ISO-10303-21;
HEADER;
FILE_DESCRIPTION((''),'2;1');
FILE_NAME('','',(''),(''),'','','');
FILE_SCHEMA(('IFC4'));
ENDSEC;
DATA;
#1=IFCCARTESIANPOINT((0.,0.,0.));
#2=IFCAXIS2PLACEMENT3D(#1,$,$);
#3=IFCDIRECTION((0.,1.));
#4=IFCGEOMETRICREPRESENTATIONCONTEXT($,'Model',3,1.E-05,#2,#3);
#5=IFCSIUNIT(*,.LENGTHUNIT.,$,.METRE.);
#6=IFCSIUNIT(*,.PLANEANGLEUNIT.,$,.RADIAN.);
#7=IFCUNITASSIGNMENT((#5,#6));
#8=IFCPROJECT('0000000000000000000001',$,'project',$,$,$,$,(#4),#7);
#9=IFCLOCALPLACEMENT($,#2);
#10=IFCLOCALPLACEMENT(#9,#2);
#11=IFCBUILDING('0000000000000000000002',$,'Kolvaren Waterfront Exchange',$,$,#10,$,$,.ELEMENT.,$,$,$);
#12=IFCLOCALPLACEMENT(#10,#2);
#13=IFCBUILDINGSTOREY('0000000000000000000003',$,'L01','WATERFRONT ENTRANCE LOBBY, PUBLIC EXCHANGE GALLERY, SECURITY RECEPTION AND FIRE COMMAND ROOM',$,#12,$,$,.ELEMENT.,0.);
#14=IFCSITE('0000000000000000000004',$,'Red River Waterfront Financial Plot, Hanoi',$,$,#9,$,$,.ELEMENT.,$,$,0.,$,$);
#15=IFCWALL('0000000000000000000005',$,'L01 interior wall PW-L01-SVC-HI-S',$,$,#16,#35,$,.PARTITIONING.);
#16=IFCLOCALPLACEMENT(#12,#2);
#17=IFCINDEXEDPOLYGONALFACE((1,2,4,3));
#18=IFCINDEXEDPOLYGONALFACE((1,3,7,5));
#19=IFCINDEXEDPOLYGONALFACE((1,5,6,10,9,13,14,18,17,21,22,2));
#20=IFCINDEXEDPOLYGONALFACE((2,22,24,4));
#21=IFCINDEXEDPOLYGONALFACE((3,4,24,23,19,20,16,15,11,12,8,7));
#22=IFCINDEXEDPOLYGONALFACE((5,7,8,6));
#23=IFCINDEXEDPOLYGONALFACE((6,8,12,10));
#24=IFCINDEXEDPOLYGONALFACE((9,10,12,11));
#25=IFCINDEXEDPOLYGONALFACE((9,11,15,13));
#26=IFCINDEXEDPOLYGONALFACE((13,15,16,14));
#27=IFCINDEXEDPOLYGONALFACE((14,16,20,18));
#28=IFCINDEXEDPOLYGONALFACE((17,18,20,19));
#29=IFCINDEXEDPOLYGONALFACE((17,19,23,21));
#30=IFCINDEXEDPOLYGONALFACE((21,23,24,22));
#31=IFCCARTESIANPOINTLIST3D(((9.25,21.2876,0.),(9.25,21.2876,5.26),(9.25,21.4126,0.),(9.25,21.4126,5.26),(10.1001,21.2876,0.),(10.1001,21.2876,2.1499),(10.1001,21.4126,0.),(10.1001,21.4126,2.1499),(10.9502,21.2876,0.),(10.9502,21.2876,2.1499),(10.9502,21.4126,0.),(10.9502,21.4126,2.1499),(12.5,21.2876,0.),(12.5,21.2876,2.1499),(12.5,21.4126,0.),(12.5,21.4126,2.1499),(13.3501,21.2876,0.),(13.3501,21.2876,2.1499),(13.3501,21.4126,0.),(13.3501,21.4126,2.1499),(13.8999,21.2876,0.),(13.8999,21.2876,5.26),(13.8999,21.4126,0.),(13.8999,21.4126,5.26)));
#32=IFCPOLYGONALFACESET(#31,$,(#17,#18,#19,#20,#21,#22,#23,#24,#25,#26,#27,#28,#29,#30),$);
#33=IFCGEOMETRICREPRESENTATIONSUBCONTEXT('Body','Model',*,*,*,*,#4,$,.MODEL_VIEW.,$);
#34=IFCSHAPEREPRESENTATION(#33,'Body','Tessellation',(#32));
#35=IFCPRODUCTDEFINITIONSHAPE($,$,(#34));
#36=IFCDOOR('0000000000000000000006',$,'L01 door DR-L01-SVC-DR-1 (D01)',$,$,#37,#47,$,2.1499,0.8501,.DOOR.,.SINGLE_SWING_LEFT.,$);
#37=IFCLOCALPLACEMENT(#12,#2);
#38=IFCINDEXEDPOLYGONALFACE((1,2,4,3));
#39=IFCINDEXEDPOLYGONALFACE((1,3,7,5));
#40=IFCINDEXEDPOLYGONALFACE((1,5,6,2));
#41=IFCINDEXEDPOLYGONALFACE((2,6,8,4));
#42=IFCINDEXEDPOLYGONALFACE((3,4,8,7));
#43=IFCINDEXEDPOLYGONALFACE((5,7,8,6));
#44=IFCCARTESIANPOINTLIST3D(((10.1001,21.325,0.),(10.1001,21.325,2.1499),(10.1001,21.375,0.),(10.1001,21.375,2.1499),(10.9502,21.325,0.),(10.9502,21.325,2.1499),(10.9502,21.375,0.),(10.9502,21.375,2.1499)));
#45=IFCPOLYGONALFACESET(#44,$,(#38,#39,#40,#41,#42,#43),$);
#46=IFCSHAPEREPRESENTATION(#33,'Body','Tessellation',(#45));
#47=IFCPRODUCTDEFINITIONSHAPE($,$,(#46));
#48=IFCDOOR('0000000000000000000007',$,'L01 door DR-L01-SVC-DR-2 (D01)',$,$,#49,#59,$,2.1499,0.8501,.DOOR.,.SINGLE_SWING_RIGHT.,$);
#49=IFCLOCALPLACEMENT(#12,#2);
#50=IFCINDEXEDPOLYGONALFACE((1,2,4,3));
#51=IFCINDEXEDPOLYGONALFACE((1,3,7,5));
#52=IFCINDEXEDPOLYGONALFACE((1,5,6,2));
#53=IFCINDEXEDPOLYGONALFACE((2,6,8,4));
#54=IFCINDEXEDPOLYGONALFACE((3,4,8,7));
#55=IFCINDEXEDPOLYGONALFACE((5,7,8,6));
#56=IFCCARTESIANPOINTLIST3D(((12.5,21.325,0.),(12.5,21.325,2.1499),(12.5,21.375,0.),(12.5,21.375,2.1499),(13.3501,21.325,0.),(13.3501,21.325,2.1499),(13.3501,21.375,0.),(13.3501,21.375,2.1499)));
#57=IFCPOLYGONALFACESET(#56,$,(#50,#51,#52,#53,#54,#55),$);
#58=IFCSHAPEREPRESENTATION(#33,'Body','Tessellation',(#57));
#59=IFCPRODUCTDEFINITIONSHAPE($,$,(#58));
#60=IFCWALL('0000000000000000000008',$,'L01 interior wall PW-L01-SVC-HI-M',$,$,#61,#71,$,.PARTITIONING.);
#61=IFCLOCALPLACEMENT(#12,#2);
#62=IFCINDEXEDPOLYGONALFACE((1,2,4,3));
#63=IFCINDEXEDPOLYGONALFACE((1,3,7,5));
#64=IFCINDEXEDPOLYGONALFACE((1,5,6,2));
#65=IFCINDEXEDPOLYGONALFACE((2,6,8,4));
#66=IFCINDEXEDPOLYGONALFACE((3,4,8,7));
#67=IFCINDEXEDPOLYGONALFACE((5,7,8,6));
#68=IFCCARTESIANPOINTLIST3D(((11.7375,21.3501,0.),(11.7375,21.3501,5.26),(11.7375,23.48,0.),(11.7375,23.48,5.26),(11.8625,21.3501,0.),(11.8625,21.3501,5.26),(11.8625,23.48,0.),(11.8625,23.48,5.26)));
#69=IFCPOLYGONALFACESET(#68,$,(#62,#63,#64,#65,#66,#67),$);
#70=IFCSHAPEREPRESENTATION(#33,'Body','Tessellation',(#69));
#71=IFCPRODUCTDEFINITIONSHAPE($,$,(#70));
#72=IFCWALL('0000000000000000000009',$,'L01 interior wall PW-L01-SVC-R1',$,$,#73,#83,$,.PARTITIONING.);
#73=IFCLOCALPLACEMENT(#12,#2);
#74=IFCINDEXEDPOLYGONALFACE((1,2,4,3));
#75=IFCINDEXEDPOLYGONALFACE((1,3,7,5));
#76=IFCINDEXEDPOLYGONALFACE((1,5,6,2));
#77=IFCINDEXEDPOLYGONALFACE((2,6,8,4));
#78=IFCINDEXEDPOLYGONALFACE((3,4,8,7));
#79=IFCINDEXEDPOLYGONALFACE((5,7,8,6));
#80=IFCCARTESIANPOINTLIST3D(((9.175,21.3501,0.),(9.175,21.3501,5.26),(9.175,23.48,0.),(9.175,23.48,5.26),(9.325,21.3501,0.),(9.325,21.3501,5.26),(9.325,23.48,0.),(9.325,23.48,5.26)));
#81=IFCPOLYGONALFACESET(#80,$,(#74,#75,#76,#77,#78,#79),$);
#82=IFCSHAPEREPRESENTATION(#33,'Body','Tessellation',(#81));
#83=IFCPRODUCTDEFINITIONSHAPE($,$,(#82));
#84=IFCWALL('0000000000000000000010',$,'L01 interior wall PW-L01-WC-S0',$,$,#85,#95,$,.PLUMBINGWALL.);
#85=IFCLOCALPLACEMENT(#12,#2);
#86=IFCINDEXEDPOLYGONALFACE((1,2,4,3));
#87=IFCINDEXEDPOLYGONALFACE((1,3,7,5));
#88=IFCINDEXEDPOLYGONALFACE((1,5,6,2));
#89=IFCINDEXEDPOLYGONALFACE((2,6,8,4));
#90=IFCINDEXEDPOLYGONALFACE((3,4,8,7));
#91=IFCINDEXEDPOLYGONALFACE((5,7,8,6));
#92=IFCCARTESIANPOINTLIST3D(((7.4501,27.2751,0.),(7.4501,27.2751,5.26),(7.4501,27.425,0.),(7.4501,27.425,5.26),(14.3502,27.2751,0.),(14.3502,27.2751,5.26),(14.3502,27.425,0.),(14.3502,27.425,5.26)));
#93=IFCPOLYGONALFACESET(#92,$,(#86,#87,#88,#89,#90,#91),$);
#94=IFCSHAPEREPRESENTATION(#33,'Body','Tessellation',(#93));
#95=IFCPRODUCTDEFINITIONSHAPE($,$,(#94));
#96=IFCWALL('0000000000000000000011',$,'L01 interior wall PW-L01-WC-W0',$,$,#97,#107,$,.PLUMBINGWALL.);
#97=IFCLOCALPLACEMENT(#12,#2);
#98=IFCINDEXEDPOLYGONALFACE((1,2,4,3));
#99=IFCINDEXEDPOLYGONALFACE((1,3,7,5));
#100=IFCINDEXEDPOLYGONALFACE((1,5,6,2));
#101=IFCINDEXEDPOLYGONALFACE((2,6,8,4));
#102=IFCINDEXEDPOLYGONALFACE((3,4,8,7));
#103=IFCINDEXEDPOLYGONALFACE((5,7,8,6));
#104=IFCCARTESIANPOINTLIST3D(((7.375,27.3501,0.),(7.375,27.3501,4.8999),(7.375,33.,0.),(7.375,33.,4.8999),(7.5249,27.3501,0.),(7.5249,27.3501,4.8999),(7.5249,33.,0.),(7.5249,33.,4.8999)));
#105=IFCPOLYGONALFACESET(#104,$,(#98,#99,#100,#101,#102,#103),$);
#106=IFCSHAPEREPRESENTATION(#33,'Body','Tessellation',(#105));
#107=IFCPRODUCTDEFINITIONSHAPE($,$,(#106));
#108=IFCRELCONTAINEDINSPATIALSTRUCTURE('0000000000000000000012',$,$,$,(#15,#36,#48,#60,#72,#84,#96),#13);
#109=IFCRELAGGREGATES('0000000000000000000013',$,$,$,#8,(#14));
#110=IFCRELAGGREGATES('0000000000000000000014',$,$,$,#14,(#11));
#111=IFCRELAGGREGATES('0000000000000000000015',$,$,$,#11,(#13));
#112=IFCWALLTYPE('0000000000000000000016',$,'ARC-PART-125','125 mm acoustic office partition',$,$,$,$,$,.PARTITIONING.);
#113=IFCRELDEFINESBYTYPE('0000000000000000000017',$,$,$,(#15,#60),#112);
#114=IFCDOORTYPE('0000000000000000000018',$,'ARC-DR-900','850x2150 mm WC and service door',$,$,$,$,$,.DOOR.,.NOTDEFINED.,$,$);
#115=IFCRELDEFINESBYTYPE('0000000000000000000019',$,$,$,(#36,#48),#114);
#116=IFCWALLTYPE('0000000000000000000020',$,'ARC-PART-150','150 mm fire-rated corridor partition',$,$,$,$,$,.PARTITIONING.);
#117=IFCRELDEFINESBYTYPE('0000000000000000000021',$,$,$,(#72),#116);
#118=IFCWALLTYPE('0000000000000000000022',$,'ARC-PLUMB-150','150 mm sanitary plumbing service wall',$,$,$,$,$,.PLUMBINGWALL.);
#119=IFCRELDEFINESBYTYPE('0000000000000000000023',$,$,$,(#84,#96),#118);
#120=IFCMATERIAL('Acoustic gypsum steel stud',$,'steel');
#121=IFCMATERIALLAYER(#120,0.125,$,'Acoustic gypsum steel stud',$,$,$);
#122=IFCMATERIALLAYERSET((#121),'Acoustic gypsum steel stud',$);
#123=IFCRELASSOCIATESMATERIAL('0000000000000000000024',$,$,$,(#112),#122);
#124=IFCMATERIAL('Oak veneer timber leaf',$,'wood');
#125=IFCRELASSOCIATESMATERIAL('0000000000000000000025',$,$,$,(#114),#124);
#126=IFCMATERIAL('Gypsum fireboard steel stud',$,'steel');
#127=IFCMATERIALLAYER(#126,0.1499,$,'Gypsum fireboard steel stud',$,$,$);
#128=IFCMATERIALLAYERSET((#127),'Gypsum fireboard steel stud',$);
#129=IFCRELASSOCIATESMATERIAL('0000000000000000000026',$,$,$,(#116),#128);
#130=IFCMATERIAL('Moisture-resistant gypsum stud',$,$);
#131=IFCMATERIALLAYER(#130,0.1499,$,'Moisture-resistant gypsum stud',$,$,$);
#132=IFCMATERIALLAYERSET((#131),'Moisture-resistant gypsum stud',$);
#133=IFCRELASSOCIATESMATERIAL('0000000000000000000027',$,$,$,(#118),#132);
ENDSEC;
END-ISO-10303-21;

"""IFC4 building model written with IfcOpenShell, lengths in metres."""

from ifc_helpers import new_model, si_unit, direction, frame, frame_2d, origin, place, context, subcontext, project, spatial, rectangle, extrude, material, layer, layer_set, type_object, element, fill, save


model = new_model("IFC4")

# Units and contexts
model_context = context("Model", 3, precision=1e-05, world=origin(), true_north=direction((0.0, 1.0)))
body_context = subcontext(model_context, "Body", "Model", "MODEL_VIEW")
ifc_project = project(units=[si_unit("LENGTHUNIT", "METRE"), si_unit("PLANEANGLEUNIT", "RADIAN")], contexts=[model_context])

# Site, building, storey
site_placement = place(None, origin())
site = spatial("IfcSite", under=ifc_project, at=site_placement, Name="Red River Waterfront Financial Plot, Hanoi", CompositionType="ELEMENT", RefElevation=0.0)
building_placement = place(site_placement, origin())
building = spatial("IfcBuilding", under=site, at=building_placement, Name="Kolvaren Waterfront Exchange", CompositionType="ELEMENT")
storey_placement = place(building_placement, origin())
storey = spatial("IfcBuildingStorey", under=building, at=storey_placement, Name="L01", Description="WATERFRONT ENTRANCE LOBBY, PUBLIC EXCHANGE GALLERY, SECURITY RECEPTION AND FIRE COMMAND ROOM", CompositionType="ELEMENT", Elevation=0.0)

# Wall, openings, doors
ifc_material_1 = material(Name="Acoustic gypsum steel stud", Category="steel")
ifc_layer_1 = layer(ifc_material_1, 0.125, Name="Acoustic gypsum steel stud")
ifc_layer_set_1 = layer_set([ifc_layer_1], Name="Acoustic gypsum steel stud")
wall_type_1 = type_object("IfcWallType", Name="ARC-PART-125", Description="125 mm acoustic office partition", PredefinedType="PARTITIONING", material=ifc_layer_set_1)
wall_1_placement = place(storey_placement, frame((9.25, 21.3501, 0.0), z_axis=(0.0, 0.0, 1.0), x_axis=(1.0, 0.0, 0.0)))
wall_1 = element("IfcWall", 1, at=wall_1_placement, inside=storey, type_object=wall_type_1, Name="L01 interior wall PW-L01-SVC-HI-S", PredefinedType="PARTITIONING", context=body_context, shape_type="SweptSolid", body=[
    extrude(rectangle(XDim=4.6499, YDim=0.125, at=frame_2d((2.325, 0.0))), origin(), (0.0, 0.0, 1.0), 5.26),
])
opening_1_placement = place(wall_1_placement, frame((0.8501, 0.0, 0.0)))
opening_1 = element("IfcOpeningElement", 2, at=opening_1_placement, cuts=wall_1, PredefinedType="OPENING", context=body_context, shape_type="SweptSolid", body=[
    extrude(rectangle(XDim=0.8501, YDim=2.1499, at=frame_2d((0.425, 1.075))), frame((0.0, 0.0725, 0.0), z_axis=(0.0, -1.0, 0.0), x_axis=(1.0, 0.0, 0.0)), (0.0, 0.0, 1.0), 0.145),
])
opening_2_placement = place(wall_1_placement, frame((3.25, 0.0, 0.0)))
opening_2 = element("IfcOpeningElement", 3, at=opening_2_placement, cuts=wall_1, PredefinedType="OPENING", context=body_context, shape_type="SweptSolid", body=[
    extrude(rectangle(XDim=0.8501, YDim=2.1499, at=frame_2d((0.425, 1.075))), frame((0.0, 0.0725, 0.0), z_axis=(0.0, -1.0, 0.0), x_axis=(1.0, 0.0, 0.0)), (0.0, 0.0, 1.0), 0.145),
])
ifc_material_2 = material(Name="Oak veneer timber leaf", Category="wood")
door_type_1 = type_object("IfcDoorType", Name="ARC-DR-900", Description="850x2150 mm WC and service door", OperationType="NOTDEFINED", PredefinedType="DOOR", material=ifc_material_2)
door_1_placement = place(opening_1_placement, origin())
door_1 = element("IfcDoor", 4, at=door_1_placement, inside=storey, type_object=door_type_1, Name="L01 door DR-L01-SVC-DR-1 (D01)", OperationType="SINGLE_SWING_LEFT", OverallHeight=2.1499, OverallWidth=0.8501, PredefinedType="DOOR", context=body_context, shape_type="SweptSolid", body=[
    extrude(rectangle(XDim=0.8501, YDim=2.1499, at=frame_2d((0.425, 1.075))), frame((0.0, 0.0249, 0.0), z_axis=(0.0, -1.0, 0.0), x_axis=(1.0, 0.0, 0.0)), (0.0, 0.0, 1.0), 0.05),
])
fill(opening_1, door_1)
door_2_placement = place(opening_2_placement, origin())
door_2 = element("IfcDoor", 5, at=door_2_placement, inside=storey, type_object=door_type_1, Name="L01 door DR-L01-SVC-DR-2 (D01)", OperationType="SINGLE_SWING_RIGHT", OverallHeight=2.1499, OverallWidth=0.8501, PredefinedType="DOOR", context=body_context, shape_type="SweptSolid", body=[
    extrude(rectangle(XDim=0.8501, YDim=2.1499, at=frame_2d((0.425, 1.075))), frame((0.0, 0.0249, 0.0), z_axis=(0.0, -1.0, 0.0), x_axis=(1.0, 0.0, 0.0)), (0.0, 0.0, 1.0), 0.05),
])
fill(opening_2, door_2)

# Walls
wall_2_placement = place(storey_placement, frame((11.8, 21.3501, 0.0), z_axis=(0.0, 0.0, 1.0), x_axis=(0.0, 1.0, 0.0)))
element("IfcWall", 6, at=wall_2_placement, inside=storey, type_object=wall_type_1, Name="L01 interior wall PW-L01-SVC-HI-M", PredefinedType="PARTITIONING", context=body_context, shape_type="SweptSolid", body=[
    extrude(rectangle(XDim=2.1299, YDim=0.125, at=frame_2d((1.0649, 0.0))), origin(), (0.0, 0.0, 1.0), 5.26),
])
ifc_material_3 = material(Name="Gypsum fireboard steel stud", Category="steel")
ifc_layer_2 = layer(ifc_material_3, 0.1499, Name="Gypsum fireboard steel stud")
ifc_layer_set_2 = layer_set([ifc_layer_2], Name="Gypsum fireboard steel stud")
wall_type_2 = type_object("IfcWallType", Name="ARC-PART-150", Description="150 mm fire-rated corridor partition", PredefinedType="PARTITIONING", material=ifc_layer_set_2)
wall_3_placement = place(storey_placement, frame((9.25, 21.3501, 0.0), z_axis=(0.0, 0.0, 1.0), x_axis=(0.0, 1.0, 0.0)))
element("IfcWall", 7, at=wall_3_placement, inside=storey, type_object=wall_type_2, Name="L01 interior wall PW-L01-SVC-R1", PredefinedType="PARTITIONING", context=body_context, shape_type="SweptSolid", body=[
    extrude(rectangle(XDim=2.1299, YDim=0.1499, at=frame_2d((1.0649, 0.0))), origin(), (0.0, 0.0, 1.0), 5.26),
])

# Walls
ifc_material_4 = material(Name="Moisture-resistant gypsum stud")
ifc_layer_3 = layer(ifc_material_4, 0.1499, Name="Moisture-resistant gypsum stud")
ifc_layer_set_3 = layer_set([ifc_layer_3], Name="Moisture-resistant gypsum stud")
wall_type_3 = type_object("IfcWallType", Name="ARC-PLUMB-150", Description="150 mm sanitary plumbing service wall", PredefinedType="PLUMBINGWALL", material=ifc_layer_set_3)
wall_4_placement = place(storey_placement, frame((7.45, 27.3501, 0.0), z_axis=(0.0, 0.0, 1.0), x_axis=(1.0, 0.0, 0.0)))
element("IfcWall", 8, at=wall_4_placement, inside=storey, type_object=wall_type_3, Name="L01 interior wall PW-L01-WC-S0", PredefinedType="PLUMBINGWALL", context=body_context, shape_type="SweptSolid", body=[
    extrude(rectangle(XDim=6.9001, YDim=0.1499, at=frame_2d((3.4502, 0.0))), origin(), (0.0, 0.0, 1.0), 5.26),
])
wall_5_placement = place(storey_placement, frame((7.45, 27.3501, 0.0), z_axis=(0.0, 0.0, 1.0), x_axis=(0.0, 1.0, 0.0)))
element("IfcWall", 9, at=wall_5_placement, inside=storey, type_object=wall_type_3, Name="L01 interior wall PW-L01-WC-W0", PredefinedType="PLUMBINGWALL", context=body_context, shape_type="SweptSolid", body=[
    extrude(rectangle(XDim=5.6499, YDim=0.1499, at=frame_2d((2.825, 0.0))), origin(), (0.0, 0.0, 1.0), 4.8999),
])

save(model, "model.ifc")
